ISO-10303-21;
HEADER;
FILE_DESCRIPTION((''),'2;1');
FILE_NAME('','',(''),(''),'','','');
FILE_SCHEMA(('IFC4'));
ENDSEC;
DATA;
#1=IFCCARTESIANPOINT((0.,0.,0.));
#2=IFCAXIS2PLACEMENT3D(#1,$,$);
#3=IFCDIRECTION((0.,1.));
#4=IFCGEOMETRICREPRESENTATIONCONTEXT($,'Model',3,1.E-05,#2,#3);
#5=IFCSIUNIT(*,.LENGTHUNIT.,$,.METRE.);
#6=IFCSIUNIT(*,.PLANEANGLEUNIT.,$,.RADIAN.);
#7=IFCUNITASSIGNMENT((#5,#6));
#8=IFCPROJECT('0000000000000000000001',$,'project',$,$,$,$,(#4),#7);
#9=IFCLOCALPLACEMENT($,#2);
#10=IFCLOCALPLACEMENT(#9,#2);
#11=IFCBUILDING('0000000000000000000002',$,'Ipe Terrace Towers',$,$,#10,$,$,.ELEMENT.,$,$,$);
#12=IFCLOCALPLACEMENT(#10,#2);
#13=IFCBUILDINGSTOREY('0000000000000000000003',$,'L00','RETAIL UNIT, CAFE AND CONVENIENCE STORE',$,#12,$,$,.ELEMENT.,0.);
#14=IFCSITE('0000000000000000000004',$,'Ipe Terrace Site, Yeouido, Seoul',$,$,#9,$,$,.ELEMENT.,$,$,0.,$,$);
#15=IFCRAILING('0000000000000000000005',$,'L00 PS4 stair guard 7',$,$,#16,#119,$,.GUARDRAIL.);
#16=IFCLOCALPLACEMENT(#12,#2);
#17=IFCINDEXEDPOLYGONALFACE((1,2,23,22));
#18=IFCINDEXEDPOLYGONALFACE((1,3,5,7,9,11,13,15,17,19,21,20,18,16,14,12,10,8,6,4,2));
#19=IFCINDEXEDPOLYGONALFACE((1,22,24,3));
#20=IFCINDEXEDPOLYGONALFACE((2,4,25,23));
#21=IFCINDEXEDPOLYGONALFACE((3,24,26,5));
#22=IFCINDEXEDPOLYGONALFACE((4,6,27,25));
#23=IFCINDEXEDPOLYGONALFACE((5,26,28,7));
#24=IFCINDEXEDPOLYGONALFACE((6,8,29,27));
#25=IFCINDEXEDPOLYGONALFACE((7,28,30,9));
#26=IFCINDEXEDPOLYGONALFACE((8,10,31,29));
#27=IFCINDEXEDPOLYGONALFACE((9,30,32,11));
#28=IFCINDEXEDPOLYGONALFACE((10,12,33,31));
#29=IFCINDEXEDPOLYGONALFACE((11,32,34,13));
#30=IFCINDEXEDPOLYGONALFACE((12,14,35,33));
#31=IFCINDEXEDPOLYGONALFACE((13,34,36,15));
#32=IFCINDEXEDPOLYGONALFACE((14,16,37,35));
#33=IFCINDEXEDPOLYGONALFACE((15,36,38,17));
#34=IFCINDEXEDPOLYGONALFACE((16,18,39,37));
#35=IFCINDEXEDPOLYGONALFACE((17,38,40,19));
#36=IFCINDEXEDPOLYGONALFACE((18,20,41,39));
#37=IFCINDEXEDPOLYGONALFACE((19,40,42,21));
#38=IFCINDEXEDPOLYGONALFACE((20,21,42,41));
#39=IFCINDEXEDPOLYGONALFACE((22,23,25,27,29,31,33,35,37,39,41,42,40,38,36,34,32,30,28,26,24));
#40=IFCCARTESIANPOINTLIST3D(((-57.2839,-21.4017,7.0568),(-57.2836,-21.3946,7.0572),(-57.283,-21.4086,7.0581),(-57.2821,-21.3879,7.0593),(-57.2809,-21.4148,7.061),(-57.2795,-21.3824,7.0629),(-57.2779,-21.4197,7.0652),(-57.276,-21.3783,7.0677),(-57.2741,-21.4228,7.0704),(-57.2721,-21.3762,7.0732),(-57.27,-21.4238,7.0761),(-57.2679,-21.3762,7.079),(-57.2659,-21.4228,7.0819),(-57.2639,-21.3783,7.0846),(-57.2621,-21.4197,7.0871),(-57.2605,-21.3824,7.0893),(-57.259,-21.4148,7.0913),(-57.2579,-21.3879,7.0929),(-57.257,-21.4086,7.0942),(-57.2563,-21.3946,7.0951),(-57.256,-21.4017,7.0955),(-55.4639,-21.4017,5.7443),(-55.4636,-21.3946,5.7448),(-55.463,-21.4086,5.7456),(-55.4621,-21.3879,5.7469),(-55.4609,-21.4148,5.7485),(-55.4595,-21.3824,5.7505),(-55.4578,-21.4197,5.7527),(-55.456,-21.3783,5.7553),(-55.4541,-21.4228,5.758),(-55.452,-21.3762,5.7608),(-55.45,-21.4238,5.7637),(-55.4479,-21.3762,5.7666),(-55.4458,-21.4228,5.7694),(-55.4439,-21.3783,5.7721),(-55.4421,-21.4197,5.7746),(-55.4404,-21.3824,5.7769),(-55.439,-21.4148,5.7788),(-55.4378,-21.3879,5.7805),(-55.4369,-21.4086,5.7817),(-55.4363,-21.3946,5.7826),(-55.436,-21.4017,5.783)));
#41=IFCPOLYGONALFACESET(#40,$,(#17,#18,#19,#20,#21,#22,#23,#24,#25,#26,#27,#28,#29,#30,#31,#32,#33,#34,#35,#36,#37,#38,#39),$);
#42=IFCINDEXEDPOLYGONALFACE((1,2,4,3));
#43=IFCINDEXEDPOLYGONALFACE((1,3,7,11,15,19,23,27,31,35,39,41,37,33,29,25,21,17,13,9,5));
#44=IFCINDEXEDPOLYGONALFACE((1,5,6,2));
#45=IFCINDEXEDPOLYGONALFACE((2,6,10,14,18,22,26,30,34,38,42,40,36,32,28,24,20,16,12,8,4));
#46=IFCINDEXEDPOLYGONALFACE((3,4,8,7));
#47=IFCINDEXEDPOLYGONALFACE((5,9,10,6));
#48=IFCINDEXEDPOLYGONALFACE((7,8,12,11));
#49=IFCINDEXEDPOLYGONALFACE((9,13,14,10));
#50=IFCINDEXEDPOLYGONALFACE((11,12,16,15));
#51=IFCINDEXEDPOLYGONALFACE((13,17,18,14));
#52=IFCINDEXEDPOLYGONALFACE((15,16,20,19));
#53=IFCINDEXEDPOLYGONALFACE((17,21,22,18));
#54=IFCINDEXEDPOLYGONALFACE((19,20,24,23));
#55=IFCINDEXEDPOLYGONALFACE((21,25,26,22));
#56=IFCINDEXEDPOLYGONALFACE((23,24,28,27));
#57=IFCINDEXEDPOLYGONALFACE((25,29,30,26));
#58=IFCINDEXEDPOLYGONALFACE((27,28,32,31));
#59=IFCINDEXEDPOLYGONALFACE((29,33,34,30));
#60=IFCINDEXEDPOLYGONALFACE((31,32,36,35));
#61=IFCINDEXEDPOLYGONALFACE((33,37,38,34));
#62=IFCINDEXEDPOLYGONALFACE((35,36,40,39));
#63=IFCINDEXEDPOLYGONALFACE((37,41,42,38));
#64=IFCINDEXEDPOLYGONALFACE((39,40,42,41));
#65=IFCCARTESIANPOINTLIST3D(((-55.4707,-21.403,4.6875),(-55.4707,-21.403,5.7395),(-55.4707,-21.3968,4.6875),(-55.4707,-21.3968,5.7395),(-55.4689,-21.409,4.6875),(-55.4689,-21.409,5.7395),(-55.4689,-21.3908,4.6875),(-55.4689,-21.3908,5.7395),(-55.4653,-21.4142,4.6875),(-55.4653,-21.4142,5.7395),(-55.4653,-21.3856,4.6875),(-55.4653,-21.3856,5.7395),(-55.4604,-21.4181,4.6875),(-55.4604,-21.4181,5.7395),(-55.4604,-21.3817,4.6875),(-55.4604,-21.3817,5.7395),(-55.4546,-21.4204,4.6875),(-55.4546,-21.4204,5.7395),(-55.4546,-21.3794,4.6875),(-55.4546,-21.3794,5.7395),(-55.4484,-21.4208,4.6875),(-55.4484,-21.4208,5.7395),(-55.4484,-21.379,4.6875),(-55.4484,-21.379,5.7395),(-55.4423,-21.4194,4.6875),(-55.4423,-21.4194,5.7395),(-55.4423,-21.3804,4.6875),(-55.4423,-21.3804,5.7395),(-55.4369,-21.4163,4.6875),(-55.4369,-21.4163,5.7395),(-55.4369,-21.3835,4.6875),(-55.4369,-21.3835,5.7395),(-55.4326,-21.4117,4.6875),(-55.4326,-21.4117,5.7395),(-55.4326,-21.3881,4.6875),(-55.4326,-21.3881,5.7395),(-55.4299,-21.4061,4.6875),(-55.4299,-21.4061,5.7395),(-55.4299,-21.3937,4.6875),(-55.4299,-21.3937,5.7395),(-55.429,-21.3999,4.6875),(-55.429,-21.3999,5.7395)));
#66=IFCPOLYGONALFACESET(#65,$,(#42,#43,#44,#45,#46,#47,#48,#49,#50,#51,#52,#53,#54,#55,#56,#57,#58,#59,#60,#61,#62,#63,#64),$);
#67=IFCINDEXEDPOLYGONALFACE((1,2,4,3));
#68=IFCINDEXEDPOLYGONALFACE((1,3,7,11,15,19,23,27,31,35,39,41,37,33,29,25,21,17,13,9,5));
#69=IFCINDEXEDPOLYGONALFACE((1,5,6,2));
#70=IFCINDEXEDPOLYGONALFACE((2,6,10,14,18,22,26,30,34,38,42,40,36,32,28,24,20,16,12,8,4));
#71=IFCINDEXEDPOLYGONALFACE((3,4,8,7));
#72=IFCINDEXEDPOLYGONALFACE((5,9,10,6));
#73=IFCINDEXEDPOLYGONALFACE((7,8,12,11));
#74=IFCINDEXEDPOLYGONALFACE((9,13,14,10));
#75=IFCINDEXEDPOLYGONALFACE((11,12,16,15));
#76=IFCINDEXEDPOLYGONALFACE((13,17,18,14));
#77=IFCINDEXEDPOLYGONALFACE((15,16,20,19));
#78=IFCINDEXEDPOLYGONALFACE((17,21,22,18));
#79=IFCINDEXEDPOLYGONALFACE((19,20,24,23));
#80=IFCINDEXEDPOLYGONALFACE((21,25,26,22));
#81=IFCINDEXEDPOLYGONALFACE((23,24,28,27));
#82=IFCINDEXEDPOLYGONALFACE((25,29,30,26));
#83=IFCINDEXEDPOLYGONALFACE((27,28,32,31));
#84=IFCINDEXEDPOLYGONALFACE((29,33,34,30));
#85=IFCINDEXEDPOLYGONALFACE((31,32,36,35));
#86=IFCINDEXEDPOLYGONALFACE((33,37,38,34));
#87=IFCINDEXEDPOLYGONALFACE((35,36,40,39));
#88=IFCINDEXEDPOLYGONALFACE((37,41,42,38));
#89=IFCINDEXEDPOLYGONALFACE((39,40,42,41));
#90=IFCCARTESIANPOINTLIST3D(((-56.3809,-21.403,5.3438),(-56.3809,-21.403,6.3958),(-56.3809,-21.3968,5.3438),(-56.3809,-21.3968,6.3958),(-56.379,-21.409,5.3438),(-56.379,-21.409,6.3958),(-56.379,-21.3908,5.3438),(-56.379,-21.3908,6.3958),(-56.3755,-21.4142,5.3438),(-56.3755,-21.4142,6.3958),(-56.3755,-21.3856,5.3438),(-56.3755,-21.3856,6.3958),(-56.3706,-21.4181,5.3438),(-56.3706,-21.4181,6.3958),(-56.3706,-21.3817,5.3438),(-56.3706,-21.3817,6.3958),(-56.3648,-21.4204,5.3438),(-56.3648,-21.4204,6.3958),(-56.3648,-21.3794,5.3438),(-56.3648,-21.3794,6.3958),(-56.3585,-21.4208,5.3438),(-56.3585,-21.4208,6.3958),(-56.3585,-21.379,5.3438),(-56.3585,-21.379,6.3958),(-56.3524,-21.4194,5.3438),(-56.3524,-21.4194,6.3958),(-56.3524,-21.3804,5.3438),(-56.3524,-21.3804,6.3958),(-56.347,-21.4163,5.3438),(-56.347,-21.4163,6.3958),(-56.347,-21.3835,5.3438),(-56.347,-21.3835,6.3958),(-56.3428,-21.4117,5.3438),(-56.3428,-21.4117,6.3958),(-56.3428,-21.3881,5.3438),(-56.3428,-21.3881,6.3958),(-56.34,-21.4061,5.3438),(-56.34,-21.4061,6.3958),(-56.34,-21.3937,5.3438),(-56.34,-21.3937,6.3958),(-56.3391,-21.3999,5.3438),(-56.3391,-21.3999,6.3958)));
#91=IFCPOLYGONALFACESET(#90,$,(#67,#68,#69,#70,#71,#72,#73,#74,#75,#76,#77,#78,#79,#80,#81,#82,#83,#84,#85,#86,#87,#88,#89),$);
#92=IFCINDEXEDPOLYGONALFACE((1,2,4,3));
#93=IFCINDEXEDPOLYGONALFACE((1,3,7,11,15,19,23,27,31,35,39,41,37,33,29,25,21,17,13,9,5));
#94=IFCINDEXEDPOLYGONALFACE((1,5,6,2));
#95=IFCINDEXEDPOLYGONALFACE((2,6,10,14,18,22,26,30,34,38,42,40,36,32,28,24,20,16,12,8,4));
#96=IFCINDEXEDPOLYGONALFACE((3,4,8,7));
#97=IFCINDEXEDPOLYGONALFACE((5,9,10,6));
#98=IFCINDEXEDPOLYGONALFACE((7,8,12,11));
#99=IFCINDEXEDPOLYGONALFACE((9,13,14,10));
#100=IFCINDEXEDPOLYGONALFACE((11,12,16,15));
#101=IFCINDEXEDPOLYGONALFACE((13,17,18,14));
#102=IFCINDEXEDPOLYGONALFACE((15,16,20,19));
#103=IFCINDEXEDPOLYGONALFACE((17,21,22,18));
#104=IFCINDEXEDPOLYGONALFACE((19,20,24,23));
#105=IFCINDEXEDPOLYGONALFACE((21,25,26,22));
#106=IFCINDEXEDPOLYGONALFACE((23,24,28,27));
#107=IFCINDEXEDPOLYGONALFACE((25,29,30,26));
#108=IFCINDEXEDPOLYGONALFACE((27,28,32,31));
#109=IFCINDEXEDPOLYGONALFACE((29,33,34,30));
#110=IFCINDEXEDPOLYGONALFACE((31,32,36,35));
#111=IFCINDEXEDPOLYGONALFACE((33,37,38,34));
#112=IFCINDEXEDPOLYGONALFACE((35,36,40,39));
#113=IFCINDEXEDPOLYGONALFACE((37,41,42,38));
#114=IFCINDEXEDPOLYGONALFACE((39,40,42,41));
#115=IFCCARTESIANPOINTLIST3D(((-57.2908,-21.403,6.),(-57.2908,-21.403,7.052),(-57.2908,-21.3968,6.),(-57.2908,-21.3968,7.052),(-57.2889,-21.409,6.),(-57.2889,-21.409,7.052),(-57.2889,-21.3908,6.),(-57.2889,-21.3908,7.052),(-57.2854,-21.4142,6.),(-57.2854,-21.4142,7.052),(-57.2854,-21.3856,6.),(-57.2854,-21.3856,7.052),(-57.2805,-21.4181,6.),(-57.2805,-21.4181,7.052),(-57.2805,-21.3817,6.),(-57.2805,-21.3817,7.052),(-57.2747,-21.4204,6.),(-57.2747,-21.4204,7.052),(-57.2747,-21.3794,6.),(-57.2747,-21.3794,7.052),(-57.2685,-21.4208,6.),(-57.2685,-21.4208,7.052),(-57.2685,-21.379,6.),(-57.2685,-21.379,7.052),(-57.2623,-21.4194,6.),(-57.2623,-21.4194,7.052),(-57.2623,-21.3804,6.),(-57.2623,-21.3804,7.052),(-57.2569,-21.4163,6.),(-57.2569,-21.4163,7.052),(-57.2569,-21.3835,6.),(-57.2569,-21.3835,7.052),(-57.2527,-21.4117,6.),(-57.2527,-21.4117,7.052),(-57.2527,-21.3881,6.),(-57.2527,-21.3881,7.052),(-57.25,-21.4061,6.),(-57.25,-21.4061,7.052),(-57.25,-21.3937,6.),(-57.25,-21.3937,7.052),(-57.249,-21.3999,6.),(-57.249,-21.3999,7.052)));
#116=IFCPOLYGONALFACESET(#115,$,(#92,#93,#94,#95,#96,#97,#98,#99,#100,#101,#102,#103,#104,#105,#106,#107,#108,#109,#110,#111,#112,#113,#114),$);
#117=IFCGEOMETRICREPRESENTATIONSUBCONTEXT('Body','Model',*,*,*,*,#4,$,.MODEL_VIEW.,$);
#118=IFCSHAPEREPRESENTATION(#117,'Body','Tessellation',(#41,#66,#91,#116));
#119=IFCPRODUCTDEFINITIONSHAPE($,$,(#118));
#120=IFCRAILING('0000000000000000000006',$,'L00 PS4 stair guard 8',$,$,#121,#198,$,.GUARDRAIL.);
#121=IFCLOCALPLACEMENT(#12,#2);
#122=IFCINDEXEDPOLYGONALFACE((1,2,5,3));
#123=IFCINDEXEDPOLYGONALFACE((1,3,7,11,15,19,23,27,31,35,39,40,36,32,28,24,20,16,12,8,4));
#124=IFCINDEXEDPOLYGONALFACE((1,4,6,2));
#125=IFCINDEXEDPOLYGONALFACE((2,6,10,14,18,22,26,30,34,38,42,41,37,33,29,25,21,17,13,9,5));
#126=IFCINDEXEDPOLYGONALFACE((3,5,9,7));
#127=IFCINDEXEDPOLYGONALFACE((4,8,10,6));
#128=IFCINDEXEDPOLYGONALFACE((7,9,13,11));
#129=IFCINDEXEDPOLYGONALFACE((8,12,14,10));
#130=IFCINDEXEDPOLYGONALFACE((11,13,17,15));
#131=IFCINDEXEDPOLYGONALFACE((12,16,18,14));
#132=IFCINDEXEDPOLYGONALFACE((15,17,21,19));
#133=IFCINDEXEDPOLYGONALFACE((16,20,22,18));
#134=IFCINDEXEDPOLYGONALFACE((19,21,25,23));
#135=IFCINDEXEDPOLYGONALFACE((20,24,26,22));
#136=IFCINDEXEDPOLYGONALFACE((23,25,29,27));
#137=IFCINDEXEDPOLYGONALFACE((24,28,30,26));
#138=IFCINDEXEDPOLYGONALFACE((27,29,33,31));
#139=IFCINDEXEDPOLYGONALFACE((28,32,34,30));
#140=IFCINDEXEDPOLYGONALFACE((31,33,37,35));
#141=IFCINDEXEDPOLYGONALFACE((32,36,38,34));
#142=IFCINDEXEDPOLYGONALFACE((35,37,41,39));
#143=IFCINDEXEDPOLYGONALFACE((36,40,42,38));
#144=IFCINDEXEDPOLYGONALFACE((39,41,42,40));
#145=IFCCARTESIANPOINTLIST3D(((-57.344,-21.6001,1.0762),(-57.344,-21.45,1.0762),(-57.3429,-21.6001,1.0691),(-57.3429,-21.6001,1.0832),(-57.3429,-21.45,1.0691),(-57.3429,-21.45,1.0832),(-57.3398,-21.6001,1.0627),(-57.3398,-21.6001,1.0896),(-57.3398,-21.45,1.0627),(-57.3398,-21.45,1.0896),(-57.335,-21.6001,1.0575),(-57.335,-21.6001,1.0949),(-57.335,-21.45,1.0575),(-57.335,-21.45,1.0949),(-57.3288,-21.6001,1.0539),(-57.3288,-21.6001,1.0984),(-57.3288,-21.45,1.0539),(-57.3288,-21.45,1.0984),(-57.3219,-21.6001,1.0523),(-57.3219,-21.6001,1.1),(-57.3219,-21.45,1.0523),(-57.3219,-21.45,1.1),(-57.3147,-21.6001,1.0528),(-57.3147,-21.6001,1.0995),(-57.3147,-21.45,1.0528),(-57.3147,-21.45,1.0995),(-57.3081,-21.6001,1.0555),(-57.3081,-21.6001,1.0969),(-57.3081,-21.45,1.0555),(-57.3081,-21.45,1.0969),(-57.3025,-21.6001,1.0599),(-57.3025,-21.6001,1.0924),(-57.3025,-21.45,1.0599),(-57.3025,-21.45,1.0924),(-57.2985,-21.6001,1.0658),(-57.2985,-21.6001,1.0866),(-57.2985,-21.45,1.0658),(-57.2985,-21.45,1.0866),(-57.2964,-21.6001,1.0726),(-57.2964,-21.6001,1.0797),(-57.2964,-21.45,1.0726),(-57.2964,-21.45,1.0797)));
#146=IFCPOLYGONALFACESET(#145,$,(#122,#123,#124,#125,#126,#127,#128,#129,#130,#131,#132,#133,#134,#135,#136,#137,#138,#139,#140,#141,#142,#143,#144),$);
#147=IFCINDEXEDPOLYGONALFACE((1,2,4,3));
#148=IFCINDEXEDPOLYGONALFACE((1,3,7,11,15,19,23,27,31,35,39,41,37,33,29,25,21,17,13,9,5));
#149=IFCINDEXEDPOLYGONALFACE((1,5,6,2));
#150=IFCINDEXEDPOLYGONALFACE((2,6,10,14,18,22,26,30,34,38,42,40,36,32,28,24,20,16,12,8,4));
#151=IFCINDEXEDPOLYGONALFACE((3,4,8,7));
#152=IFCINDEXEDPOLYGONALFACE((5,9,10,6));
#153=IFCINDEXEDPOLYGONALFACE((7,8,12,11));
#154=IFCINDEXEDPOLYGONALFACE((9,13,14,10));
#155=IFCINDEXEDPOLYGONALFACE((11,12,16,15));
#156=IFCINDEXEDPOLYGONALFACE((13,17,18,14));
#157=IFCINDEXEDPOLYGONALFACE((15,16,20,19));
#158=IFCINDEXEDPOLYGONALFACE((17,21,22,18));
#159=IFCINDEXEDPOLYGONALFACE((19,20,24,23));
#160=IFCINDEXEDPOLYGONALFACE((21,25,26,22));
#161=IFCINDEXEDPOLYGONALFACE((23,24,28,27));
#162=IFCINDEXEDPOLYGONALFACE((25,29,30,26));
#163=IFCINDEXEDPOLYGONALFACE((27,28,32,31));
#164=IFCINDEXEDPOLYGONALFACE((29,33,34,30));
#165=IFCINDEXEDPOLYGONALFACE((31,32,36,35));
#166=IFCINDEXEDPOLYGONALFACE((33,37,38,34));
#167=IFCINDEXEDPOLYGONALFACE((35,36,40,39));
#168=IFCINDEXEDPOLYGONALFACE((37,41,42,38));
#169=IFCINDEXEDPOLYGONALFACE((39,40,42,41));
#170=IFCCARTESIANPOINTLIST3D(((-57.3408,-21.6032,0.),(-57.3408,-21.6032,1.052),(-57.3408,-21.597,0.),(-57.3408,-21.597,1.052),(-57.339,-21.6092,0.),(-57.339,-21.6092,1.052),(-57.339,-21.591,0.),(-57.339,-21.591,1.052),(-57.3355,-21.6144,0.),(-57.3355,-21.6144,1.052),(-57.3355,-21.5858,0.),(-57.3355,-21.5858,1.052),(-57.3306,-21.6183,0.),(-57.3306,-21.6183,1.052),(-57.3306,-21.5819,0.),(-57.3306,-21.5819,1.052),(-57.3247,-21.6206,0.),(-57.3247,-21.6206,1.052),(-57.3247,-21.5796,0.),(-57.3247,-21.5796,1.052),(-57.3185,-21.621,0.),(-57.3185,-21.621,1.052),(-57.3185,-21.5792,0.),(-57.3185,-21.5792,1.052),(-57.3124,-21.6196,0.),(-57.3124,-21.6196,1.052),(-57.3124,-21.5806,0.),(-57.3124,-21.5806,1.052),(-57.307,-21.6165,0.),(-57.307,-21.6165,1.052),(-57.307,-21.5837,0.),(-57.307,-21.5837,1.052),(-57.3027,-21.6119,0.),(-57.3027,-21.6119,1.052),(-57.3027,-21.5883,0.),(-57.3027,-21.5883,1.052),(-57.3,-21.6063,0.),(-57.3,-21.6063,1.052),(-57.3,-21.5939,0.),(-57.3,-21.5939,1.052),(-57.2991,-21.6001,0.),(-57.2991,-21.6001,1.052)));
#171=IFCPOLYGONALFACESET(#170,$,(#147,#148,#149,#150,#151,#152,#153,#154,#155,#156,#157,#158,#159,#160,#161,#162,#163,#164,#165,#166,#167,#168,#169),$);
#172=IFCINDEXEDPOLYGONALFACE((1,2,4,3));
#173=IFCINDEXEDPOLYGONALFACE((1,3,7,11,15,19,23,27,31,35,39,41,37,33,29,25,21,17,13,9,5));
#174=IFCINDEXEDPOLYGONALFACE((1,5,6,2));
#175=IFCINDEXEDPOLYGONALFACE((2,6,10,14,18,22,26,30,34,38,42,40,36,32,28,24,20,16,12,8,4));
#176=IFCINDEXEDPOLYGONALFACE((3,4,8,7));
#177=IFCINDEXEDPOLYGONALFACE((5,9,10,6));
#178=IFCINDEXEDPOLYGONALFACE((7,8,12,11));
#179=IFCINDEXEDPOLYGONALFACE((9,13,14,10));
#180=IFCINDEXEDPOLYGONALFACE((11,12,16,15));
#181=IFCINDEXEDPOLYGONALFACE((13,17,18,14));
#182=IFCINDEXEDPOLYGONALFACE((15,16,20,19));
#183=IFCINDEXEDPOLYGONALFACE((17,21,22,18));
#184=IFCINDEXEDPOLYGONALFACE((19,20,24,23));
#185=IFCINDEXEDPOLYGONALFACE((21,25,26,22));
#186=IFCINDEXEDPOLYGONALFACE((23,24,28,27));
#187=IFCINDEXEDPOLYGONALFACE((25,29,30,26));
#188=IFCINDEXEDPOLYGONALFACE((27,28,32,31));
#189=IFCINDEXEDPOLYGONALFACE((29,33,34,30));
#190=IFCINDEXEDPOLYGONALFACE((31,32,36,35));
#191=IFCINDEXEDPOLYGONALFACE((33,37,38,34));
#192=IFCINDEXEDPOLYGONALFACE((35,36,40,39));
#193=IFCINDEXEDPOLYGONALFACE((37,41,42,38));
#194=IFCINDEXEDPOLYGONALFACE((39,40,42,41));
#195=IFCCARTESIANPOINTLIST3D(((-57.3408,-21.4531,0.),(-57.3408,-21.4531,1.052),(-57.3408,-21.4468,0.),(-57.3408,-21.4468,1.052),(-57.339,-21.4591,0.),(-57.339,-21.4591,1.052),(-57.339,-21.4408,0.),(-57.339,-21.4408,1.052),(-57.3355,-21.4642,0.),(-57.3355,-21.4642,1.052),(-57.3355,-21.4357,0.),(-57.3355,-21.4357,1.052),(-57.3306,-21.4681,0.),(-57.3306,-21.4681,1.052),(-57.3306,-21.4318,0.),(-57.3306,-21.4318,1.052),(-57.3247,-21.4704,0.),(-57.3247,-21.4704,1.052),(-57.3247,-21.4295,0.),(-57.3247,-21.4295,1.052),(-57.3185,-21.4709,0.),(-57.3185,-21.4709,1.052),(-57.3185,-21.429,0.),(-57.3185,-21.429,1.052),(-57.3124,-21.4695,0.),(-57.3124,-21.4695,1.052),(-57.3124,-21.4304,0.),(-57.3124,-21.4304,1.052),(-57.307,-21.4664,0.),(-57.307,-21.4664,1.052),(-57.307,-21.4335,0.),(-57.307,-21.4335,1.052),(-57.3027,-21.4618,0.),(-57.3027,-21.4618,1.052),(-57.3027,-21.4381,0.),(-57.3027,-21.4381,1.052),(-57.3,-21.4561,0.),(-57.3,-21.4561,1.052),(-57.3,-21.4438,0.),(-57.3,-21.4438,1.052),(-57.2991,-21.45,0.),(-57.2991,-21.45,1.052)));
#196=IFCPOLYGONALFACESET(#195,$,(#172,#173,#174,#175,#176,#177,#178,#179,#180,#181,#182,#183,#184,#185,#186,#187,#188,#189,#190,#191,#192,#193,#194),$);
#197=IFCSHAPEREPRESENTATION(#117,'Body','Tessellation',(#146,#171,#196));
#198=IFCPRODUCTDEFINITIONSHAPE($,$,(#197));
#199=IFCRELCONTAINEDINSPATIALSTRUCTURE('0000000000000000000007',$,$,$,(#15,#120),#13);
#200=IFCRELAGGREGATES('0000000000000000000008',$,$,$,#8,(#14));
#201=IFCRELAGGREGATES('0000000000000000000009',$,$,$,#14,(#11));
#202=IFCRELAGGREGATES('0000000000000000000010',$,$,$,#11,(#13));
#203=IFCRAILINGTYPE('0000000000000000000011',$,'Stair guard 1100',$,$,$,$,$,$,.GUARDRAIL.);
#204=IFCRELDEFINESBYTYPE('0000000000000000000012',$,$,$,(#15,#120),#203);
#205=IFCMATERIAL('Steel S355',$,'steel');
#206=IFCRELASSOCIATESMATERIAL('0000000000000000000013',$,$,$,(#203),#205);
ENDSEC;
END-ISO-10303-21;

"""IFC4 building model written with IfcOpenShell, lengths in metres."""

from ifc_helpers import new_model, si_unit, direction, frame, origin, origin_2d, place, context, subcontext, project, spatial, circle, extrude, material, type_object, element, save


model = new_model("IFC4")

# Units and contexts
model_context = context("Model", 3, precision=1e-05, world=origin(), true_north=direction((0.0, 1.0)))
body_context = subcontext(model_context, "Body", "Model", "MODEL_VIEW")
ifc_project = project(units=[si_unit("LENGTHUNIT", "METRE"), si_unit("PLANEANGLEUNIT", "RADIAN")], contexts=[model_context])

# Site, building, storey
site_placement = place(None, origin())
site = spatial("IfcSite", under=ifc_project, at=site_placement, Name="Ipe Terrace Site, Yeouido, Seoul", CompositionType="ELEMENT", RefElevation=0.0)
building_placement = place(site_placement, origin())
building = spatial("IfcBuilding", under=site, at=building_placement, Name="Ipe Terrace Towers", CompositionType="ELEMENT")
storey_placement = place(building_placement, origin())
storey = spatial("IfcBuildingStorey", under=building, at=storey_placement, Name="L00", Description="RETAIL UNIT, CAFE AND CONVENIENCE STORE", CompositionType="ELEMENT", Elevation=0.0)

# Railings
ifc_material_1 = material(Name="Steel S355", Category="steel")
railing_type_1 = type_object("IfcRailingType", Name="Stair guard 1100", PredefinedType="GUARDRAIL", material=ifc_material_1)
railing_1_placement = place(storey_placement, frame((-55.45, -21.3999, 4.6875)))
element("IfcRailing", 1, at=railing_1_placement, inside=storey, type_object=railing_type_1, Name="L00 PS4 stair guard 7", PredefinedType="GUARDRAIL", context=body_context, shape_type="SweptSolid", body=[
    extrude(circle(Radius=0.0239, at=origin_2d()), frame((0.0, 0.0, 1.0762), z_axis=(-0.811101, 0.0, 0.584906), x_axis=(0.0, -1.0, 0.0)), (0.0, 0.0, 1.0), 2.2439),
    extrude(circle(Radius=0.021, at=origin_2d()), origin(), (0.0, 0.0, 1.0), 1.052),
    extrude(circle(Radius=0.021, at=origin_2d()), frame((-0.9102, 0.0, 0.6562)), (0.0, 0.0, 1.0), 1.052),
    extrude(circle(Radius=0.021, at=origin_2d()), frame((-1.8201, 0.0, 1.3125)), (0.0, 0.0, 1.0), 1.052),
])
railing_2_placement = place(storey_placement, frame((-57.3201, -21.6001, 0.0)))
element("IfcRailing", 2, at=railing_2_placement, inside=storey, type_object=railing_type_1, Name="L00 PS4 stair guard 8", PredefinedType="GUARDRAIL", context=body_context, shape_type="SweptSolid", body=[
    extrude(circle(Radius=0.0239, at=origin_2d()), frame((0.0, 0.0, 1.0762), z_axis=(0.0, 1.0, 0.0), x_axis=(-1.0, 0.0, 0.0)), (0.0, 0.0, 1.0), 0.1501),
    extrude(circle(Radius=0.021, at=origin_2d()), origin(), (0.0, 0.0, 1.0), 1.052),
    extrude(circle(Radius=0.021, at=origin_2d()), frame((0.0, 0.1501, 0.0)), (0.0, 0.0, 1.0), 1.052),
])

save(model, "model.ifc")
